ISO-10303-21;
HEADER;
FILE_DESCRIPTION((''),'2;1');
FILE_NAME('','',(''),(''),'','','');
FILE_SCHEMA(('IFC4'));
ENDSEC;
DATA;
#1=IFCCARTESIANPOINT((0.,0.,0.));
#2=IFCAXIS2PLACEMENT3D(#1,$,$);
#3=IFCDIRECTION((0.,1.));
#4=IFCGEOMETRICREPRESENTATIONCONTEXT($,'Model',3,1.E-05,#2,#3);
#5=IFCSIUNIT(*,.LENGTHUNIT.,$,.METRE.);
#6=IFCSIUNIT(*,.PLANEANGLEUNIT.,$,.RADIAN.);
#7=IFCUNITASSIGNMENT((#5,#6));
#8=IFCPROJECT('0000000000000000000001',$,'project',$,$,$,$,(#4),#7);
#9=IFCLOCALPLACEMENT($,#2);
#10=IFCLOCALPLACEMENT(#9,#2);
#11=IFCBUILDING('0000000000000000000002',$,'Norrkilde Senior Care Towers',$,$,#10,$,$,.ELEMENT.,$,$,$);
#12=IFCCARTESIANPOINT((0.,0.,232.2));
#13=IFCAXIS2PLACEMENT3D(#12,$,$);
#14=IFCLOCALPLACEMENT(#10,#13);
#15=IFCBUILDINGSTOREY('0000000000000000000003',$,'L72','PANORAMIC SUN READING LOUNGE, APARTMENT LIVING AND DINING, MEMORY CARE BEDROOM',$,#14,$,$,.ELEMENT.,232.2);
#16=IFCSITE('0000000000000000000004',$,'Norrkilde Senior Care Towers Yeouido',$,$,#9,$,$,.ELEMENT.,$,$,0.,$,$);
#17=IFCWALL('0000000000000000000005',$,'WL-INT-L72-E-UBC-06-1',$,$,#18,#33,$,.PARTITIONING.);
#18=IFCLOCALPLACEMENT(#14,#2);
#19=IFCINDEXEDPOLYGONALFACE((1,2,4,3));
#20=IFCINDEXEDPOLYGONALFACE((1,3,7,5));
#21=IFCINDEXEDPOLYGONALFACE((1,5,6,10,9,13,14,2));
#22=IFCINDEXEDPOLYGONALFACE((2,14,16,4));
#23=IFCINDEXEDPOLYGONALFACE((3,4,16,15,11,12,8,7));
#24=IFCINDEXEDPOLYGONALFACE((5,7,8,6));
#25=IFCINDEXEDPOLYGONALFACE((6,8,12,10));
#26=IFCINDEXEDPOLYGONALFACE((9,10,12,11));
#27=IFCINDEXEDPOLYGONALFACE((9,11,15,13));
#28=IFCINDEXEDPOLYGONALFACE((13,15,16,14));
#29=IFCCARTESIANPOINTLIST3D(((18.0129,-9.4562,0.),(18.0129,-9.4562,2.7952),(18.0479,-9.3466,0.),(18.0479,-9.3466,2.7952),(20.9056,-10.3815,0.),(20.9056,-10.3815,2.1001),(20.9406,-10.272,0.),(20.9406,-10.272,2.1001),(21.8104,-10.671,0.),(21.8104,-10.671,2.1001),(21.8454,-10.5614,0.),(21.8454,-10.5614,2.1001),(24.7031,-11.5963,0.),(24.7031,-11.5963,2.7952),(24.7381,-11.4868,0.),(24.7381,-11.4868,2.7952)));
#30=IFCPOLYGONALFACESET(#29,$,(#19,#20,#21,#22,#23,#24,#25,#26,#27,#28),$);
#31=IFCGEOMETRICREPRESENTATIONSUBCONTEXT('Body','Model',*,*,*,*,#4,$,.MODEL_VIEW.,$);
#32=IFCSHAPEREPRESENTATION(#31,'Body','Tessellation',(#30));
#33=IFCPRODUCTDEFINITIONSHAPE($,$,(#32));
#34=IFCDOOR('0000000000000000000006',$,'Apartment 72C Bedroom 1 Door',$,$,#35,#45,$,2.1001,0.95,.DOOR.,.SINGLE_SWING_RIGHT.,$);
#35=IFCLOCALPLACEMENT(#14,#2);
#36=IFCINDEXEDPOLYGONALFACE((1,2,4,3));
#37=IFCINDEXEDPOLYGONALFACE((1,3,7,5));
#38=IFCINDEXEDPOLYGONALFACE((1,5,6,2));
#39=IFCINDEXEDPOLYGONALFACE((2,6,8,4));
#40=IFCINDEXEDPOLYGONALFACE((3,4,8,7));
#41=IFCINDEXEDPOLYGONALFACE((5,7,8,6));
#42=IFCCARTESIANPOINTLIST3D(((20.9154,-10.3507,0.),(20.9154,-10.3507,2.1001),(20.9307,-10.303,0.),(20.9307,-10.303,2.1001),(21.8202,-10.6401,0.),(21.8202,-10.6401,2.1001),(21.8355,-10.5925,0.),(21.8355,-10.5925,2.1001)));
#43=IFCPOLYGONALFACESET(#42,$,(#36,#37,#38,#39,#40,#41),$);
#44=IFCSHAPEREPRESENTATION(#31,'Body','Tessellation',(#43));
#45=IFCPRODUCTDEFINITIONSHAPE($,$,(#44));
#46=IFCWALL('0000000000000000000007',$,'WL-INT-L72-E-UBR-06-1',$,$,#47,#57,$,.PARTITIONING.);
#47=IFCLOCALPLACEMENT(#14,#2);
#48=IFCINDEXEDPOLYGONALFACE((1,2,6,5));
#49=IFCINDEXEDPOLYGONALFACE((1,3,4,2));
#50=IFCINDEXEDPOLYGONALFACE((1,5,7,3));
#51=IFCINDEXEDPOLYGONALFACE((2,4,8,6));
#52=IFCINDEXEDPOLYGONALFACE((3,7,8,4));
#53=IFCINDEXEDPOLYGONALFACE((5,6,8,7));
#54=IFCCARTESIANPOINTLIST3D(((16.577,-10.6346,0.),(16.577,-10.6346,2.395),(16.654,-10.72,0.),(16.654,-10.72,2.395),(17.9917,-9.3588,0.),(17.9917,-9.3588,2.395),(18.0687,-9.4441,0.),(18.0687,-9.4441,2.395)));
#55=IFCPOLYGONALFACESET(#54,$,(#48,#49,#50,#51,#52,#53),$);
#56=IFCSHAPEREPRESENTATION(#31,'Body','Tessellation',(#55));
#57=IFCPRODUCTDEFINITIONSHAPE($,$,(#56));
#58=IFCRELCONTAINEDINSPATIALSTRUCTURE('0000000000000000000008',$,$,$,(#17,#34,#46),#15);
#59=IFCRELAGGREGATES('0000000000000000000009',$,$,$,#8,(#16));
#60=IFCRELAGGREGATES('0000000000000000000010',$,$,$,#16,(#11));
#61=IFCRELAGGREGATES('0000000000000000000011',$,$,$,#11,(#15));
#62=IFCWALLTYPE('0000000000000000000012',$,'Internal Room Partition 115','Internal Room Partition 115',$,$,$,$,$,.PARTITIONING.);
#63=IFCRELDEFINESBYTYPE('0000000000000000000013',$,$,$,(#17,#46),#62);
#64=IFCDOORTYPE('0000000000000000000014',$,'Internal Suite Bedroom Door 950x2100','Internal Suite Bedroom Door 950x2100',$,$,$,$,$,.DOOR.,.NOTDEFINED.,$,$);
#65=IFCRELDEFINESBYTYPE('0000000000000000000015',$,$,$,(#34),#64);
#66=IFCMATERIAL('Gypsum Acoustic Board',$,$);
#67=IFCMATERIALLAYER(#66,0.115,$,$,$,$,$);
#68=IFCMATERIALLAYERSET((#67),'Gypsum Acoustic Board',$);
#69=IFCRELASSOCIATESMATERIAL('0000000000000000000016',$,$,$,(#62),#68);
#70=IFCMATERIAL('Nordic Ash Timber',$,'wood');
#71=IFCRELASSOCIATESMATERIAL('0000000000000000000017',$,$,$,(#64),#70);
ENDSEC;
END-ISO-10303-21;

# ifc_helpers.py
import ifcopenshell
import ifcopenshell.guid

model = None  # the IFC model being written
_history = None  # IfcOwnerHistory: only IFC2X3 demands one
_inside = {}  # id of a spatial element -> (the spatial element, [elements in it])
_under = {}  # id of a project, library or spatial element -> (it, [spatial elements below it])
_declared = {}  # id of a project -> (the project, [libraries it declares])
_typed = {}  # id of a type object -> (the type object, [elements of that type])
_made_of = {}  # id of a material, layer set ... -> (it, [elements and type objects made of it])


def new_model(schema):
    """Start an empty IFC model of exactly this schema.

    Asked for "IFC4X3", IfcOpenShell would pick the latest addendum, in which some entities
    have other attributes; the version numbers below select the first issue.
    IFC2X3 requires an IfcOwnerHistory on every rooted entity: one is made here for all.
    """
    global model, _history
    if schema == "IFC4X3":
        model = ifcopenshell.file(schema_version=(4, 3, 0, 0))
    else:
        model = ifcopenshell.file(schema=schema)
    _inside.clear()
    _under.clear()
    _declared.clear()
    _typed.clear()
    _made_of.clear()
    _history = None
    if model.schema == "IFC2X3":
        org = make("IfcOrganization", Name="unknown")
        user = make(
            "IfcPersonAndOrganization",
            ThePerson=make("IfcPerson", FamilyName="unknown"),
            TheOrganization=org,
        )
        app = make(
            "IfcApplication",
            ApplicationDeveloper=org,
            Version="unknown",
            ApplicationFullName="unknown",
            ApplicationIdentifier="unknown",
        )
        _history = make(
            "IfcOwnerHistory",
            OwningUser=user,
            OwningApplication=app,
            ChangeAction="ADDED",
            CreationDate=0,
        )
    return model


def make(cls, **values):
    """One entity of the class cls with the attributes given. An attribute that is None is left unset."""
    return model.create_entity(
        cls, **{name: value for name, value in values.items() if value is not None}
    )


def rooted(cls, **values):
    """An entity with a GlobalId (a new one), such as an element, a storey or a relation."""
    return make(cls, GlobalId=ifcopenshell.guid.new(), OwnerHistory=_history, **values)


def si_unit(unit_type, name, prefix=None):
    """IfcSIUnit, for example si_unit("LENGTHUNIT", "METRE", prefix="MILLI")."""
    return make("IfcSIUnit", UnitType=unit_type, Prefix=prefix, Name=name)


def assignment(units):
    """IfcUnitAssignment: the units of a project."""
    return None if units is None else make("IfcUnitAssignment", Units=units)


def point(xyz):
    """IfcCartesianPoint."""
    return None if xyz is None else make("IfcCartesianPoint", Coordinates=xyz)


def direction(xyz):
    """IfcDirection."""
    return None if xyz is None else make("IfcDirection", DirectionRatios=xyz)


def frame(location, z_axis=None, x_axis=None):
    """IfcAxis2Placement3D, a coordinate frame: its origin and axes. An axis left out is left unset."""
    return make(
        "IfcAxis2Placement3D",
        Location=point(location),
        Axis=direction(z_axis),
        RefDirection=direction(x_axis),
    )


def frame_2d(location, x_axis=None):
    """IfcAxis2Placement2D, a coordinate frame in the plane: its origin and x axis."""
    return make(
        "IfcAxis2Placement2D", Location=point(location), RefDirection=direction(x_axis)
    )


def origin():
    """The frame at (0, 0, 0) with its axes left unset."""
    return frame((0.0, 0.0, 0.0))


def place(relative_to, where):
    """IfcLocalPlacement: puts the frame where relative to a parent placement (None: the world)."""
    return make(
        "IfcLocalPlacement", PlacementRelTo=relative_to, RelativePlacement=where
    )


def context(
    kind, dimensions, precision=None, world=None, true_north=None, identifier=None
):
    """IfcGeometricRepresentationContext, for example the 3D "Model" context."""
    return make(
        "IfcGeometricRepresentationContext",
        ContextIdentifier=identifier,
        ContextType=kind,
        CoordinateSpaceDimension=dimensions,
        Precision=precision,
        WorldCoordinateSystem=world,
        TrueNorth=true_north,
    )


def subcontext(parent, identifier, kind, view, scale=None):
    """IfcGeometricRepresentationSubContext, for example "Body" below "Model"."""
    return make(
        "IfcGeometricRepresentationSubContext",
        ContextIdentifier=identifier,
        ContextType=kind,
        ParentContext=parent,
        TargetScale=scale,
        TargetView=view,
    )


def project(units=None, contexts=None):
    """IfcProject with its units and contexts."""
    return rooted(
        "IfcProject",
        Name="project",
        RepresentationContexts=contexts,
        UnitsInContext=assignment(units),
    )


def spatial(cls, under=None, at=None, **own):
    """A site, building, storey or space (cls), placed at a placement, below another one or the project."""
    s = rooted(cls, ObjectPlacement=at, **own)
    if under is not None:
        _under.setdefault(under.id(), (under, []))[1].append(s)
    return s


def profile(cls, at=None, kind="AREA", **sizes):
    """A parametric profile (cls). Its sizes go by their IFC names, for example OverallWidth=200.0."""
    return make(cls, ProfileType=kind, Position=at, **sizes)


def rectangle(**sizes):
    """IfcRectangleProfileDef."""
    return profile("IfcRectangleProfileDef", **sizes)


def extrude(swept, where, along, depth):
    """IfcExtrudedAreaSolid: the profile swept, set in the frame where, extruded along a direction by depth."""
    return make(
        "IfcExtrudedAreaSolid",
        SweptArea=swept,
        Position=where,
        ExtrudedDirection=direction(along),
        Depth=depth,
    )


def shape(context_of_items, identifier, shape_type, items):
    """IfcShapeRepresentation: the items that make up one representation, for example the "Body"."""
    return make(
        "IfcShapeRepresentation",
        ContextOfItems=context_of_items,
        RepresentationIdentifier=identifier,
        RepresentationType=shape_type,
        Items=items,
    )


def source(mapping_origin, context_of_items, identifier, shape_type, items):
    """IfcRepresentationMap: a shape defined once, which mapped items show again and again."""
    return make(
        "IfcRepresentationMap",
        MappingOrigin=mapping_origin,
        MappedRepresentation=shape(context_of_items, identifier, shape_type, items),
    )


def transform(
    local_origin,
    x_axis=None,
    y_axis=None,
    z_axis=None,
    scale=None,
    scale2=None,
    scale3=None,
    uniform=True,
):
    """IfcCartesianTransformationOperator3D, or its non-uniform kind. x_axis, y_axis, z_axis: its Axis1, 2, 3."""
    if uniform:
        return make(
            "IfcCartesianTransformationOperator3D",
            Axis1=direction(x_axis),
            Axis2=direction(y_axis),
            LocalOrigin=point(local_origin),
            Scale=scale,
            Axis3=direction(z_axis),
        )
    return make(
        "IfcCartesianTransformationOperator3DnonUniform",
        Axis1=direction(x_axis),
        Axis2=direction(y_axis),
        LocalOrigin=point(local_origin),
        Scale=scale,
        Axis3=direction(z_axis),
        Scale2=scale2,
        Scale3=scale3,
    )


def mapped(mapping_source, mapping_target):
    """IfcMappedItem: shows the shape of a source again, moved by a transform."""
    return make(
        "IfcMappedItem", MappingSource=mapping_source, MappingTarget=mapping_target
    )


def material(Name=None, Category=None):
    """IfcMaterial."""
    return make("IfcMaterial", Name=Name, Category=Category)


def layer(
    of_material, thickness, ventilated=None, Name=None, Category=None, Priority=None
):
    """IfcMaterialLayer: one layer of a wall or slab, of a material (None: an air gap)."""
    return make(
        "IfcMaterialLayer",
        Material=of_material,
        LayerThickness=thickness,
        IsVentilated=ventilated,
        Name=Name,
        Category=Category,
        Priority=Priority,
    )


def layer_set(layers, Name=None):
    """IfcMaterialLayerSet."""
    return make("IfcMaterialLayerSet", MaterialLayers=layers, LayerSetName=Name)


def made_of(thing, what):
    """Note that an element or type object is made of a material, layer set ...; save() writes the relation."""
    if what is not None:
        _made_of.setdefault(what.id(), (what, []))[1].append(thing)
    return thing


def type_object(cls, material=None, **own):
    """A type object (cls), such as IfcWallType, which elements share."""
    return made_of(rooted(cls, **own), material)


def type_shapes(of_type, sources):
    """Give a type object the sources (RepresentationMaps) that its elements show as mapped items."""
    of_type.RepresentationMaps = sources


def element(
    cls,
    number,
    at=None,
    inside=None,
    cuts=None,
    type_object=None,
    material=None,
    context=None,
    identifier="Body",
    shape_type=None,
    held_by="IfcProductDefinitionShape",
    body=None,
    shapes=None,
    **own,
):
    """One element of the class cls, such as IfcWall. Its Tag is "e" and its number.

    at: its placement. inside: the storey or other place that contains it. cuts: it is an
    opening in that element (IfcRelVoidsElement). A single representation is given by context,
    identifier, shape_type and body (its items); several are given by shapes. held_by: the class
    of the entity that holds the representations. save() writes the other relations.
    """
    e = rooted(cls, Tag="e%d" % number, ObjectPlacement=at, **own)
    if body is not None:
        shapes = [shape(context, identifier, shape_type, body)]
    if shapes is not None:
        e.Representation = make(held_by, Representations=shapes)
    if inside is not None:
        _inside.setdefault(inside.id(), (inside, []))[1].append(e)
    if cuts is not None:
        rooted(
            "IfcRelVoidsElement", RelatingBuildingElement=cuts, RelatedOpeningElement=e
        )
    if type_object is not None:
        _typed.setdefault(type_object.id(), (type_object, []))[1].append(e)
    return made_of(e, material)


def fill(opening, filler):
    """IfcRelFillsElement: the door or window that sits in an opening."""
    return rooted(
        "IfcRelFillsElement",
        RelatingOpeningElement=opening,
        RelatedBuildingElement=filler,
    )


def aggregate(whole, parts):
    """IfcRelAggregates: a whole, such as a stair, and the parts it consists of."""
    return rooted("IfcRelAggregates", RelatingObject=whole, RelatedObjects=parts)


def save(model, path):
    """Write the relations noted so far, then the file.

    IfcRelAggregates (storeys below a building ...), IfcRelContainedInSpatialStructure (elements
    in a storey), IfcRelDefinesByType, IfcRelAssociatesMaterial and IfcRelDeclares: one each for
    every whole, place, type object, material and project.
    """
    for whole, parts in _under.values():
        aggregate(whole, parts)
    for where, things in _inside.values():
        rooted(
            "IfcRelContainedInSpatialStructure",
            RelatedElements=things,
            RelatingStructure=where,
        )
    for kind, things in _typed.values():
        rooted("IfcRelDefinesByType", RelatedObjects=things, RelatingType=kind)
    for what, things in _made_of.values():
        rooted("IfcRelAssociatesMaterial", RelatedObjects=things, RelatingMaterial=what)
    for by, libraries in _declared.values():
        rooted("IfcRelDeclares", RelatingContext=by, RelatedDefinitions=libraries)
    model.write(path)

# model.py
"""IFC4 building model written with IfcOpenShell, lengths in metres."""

from ifc_helpers import new_model, si_unit, direction, frame, frame_2d, origin, place, context, subcontext, project, spatial, rectangle, extrude, source, transform, mapped, material, layer, layer_set, type_object, type_shapes, element, fill, save


model = new_model("IFC4")

# Units and contexts
model_context = context("Model", 3, precision=1e-05, world=origin(), true_north=direction((0.0, 1.0)))
body_context = subcontext(model_context, "Body", "Model", "MODEL_VIEW")
ifc_project = project(units=[si_unit("LENGTHUNIT", "METRE"), si_unit("PLANEANGLEUNIT", "RADIAN")], contexts=[model_context])

# Site, building, storey
site_placement = place(None, origin())
site = spatial("IfcSite", under=ifc_project, at=site_placement, Name="Norrkilde Senior Care Towers Yeouido", CompositionType="ELEMENT", RefElevation=0.0)
building_placement = place(site_placement, origin())
building = spatial("IfcBuilding", under=site, at=building_placement, Name="Norrkilde Senior Care Towers", CompositionType="ELEMENT")
storey_placement = place(building_placement, frame((0.0, 0.0, 232.2)))
storey = spatial("IfcBuildingStorey", under=building, at=storey_placement, Name="L72", Description="PANORAMIC SUN READING LOUNGE, APARTMENT LIVING AND DINING, MEMORY CARE BEDROOM", CompositionType="ELEMENT", Elevation=232.2)

# Shared definitions
ifc_material_1 = material(Name="Gypsum Acoustic Board")

# Wall, opening, door
ifc_layer_1 = layer(ifc_material_1, 0.115)
ifc_layer_set_1 = layer_set([ifc_layer_1], Name="Gypsum Acoustic Board")
wall_type_1 = type_object("IfcWallType", Name="Internal Room Partition 115", Description="Internal Room Partition 115", PredefinedType="PARTITIONING", material=ifc_layer_set_1)
shared_shape_1 = source(origin(), body_context, "Body", "SweptSolid", [
    extrude(rectangle(XDim=7.0242, YDim=0.115, at=frame_2d((3.5122, 0.0))), origin(), (0.0, 0.0, 1.0), 2.7952),
])
wall_1_placement = place(storey_placement, frame((18.0303, -9.4014, 0.0), z_axis=(0.0, 0.0, 1.0), x_axis=(0.952454, -0.304682, 0.0)))
wall_1 = element("IfcWall", 1, at=wall_1_placement, inside=storey, type_object=wall_type_1, Name="WL-INT-L72-E-UBC-06-1", PredefinedType="PARTITIONING", context=body_context, shape_type="MappedRepresentation", body=[
    mapped(shared_shape_1, transform((0.0, 0.0, 0.0), x_axis=(1.0, 0.0, 0.0), y_axis=(0.0, 1.0, 0.0), z_axis=(0.0, 0.0, 1.0), scale=1.0)),
])
opening_1_placement = place(wall_1_placement, frame((3.0371, 0.0, 0.0)))
opening_1 = element("IfcOpeningElement", 2, at=opening_1_placement, cuts=wall_1, PredefinedType="OPENING", context=body_context, shape_type="SweptSolid", body=[
    extrude(rectangle(XDim=0.95, YDim=2.1001, at=frame_2d((0.4751, 1.05))), frame((0.0, 0.0674, 0.0), z_axis=(0.0, -1.0, 0.0), x_axis=(1.0, 0.0, 0.0)), (0.0, 0.0, 1.0), 0.135),
])
ifc_material_2 = material(Name="Nordic Ash Timber", Category="wood")
door_type_1 = type_object("IfcDoorType", Name="Internal Suite Bedroom Door 950x2100", Description="Internal Suite Bedroom Door 950x2100", OperationType="NOTDEFINED", PredefinedType="DOOR", material=ifc_material_2)
shared_shape_2 = source(origin(), body_context, "Body", "SweptSolid", [
    extrude(rectangle(XDim=0.95, YDim=2.1001, at=frame_2d((0.4751, 1.05))), frame((0.0, 0.0249, 0.0), z_axis=(0.0, -1.0, 0.0), x_axis=(1.0, 0.0, 0.0)), (0.0, 0.0, 1.0), 0.05),
])
type_shapes(door_type_1, [shared_shape_2])
door_1_placement = place(opening_1_placement, origin())
door_1 = element("IfcDoor", 3, at=door_1_placement, inside=storey, type_object=door_type_1, Name="Apartment 72C Bedroom 1 Door", OperationType="SINGLE_SWING_RIGHT", OverallHeight=2.1001, OverallWidth=0.95, PredefinedType="DOOR", context=body_context, shape_type="MappedRepresentation", body=[
    mapped(shared_shape_2, transform((0.0, 0.0, 0.0), x_axis=(1.0, 0.0, 0.0), y_axis=(0.0, 1.0, 0.0), z_axis=(0.0, 0.0, 1.0), scale=1.0)),
])
fill(opening_1, door_1)

# Wall
shared_shape_3 = source(origin(), body_context, "Body", "SweptSolid", [
    extrude(rectangle(XDim=1.905, YDim=0.115, at=frame_2d((0.9526, 0.0))), origin(), (0.0, 0.0, 1.0), 2.395),
])
type_shapes(wall_type_1, [shared_shape_1, shared_shape_3])
wall_2_placement = place(storey_placement, frame((18.0303, -9.4014, 0.0), z_axis=(0.0, 0.0, 1.0), x_axis=(-0.742625, -0.669708, 0.0)))
element("IfcWall", 4, at=wall_2_placement, inside=storey, type_object=wall_type_1, Name="WL-INT-L72-E-UBR-06-1", PredefinedType="PARTITIONING", context=body_context, shape_type="MappedRepresentation", body=[
    mapped(shared_shape_3, transform((0.0, 0.0, 0.0), x_axis=(1.0, 0.0, 0.0), y_axis=(0.0, 1.0, 0.0), z_axis=(0.0, 0.0, 1.0), scale=1.0)),
])

save(model, "model.ifc")
